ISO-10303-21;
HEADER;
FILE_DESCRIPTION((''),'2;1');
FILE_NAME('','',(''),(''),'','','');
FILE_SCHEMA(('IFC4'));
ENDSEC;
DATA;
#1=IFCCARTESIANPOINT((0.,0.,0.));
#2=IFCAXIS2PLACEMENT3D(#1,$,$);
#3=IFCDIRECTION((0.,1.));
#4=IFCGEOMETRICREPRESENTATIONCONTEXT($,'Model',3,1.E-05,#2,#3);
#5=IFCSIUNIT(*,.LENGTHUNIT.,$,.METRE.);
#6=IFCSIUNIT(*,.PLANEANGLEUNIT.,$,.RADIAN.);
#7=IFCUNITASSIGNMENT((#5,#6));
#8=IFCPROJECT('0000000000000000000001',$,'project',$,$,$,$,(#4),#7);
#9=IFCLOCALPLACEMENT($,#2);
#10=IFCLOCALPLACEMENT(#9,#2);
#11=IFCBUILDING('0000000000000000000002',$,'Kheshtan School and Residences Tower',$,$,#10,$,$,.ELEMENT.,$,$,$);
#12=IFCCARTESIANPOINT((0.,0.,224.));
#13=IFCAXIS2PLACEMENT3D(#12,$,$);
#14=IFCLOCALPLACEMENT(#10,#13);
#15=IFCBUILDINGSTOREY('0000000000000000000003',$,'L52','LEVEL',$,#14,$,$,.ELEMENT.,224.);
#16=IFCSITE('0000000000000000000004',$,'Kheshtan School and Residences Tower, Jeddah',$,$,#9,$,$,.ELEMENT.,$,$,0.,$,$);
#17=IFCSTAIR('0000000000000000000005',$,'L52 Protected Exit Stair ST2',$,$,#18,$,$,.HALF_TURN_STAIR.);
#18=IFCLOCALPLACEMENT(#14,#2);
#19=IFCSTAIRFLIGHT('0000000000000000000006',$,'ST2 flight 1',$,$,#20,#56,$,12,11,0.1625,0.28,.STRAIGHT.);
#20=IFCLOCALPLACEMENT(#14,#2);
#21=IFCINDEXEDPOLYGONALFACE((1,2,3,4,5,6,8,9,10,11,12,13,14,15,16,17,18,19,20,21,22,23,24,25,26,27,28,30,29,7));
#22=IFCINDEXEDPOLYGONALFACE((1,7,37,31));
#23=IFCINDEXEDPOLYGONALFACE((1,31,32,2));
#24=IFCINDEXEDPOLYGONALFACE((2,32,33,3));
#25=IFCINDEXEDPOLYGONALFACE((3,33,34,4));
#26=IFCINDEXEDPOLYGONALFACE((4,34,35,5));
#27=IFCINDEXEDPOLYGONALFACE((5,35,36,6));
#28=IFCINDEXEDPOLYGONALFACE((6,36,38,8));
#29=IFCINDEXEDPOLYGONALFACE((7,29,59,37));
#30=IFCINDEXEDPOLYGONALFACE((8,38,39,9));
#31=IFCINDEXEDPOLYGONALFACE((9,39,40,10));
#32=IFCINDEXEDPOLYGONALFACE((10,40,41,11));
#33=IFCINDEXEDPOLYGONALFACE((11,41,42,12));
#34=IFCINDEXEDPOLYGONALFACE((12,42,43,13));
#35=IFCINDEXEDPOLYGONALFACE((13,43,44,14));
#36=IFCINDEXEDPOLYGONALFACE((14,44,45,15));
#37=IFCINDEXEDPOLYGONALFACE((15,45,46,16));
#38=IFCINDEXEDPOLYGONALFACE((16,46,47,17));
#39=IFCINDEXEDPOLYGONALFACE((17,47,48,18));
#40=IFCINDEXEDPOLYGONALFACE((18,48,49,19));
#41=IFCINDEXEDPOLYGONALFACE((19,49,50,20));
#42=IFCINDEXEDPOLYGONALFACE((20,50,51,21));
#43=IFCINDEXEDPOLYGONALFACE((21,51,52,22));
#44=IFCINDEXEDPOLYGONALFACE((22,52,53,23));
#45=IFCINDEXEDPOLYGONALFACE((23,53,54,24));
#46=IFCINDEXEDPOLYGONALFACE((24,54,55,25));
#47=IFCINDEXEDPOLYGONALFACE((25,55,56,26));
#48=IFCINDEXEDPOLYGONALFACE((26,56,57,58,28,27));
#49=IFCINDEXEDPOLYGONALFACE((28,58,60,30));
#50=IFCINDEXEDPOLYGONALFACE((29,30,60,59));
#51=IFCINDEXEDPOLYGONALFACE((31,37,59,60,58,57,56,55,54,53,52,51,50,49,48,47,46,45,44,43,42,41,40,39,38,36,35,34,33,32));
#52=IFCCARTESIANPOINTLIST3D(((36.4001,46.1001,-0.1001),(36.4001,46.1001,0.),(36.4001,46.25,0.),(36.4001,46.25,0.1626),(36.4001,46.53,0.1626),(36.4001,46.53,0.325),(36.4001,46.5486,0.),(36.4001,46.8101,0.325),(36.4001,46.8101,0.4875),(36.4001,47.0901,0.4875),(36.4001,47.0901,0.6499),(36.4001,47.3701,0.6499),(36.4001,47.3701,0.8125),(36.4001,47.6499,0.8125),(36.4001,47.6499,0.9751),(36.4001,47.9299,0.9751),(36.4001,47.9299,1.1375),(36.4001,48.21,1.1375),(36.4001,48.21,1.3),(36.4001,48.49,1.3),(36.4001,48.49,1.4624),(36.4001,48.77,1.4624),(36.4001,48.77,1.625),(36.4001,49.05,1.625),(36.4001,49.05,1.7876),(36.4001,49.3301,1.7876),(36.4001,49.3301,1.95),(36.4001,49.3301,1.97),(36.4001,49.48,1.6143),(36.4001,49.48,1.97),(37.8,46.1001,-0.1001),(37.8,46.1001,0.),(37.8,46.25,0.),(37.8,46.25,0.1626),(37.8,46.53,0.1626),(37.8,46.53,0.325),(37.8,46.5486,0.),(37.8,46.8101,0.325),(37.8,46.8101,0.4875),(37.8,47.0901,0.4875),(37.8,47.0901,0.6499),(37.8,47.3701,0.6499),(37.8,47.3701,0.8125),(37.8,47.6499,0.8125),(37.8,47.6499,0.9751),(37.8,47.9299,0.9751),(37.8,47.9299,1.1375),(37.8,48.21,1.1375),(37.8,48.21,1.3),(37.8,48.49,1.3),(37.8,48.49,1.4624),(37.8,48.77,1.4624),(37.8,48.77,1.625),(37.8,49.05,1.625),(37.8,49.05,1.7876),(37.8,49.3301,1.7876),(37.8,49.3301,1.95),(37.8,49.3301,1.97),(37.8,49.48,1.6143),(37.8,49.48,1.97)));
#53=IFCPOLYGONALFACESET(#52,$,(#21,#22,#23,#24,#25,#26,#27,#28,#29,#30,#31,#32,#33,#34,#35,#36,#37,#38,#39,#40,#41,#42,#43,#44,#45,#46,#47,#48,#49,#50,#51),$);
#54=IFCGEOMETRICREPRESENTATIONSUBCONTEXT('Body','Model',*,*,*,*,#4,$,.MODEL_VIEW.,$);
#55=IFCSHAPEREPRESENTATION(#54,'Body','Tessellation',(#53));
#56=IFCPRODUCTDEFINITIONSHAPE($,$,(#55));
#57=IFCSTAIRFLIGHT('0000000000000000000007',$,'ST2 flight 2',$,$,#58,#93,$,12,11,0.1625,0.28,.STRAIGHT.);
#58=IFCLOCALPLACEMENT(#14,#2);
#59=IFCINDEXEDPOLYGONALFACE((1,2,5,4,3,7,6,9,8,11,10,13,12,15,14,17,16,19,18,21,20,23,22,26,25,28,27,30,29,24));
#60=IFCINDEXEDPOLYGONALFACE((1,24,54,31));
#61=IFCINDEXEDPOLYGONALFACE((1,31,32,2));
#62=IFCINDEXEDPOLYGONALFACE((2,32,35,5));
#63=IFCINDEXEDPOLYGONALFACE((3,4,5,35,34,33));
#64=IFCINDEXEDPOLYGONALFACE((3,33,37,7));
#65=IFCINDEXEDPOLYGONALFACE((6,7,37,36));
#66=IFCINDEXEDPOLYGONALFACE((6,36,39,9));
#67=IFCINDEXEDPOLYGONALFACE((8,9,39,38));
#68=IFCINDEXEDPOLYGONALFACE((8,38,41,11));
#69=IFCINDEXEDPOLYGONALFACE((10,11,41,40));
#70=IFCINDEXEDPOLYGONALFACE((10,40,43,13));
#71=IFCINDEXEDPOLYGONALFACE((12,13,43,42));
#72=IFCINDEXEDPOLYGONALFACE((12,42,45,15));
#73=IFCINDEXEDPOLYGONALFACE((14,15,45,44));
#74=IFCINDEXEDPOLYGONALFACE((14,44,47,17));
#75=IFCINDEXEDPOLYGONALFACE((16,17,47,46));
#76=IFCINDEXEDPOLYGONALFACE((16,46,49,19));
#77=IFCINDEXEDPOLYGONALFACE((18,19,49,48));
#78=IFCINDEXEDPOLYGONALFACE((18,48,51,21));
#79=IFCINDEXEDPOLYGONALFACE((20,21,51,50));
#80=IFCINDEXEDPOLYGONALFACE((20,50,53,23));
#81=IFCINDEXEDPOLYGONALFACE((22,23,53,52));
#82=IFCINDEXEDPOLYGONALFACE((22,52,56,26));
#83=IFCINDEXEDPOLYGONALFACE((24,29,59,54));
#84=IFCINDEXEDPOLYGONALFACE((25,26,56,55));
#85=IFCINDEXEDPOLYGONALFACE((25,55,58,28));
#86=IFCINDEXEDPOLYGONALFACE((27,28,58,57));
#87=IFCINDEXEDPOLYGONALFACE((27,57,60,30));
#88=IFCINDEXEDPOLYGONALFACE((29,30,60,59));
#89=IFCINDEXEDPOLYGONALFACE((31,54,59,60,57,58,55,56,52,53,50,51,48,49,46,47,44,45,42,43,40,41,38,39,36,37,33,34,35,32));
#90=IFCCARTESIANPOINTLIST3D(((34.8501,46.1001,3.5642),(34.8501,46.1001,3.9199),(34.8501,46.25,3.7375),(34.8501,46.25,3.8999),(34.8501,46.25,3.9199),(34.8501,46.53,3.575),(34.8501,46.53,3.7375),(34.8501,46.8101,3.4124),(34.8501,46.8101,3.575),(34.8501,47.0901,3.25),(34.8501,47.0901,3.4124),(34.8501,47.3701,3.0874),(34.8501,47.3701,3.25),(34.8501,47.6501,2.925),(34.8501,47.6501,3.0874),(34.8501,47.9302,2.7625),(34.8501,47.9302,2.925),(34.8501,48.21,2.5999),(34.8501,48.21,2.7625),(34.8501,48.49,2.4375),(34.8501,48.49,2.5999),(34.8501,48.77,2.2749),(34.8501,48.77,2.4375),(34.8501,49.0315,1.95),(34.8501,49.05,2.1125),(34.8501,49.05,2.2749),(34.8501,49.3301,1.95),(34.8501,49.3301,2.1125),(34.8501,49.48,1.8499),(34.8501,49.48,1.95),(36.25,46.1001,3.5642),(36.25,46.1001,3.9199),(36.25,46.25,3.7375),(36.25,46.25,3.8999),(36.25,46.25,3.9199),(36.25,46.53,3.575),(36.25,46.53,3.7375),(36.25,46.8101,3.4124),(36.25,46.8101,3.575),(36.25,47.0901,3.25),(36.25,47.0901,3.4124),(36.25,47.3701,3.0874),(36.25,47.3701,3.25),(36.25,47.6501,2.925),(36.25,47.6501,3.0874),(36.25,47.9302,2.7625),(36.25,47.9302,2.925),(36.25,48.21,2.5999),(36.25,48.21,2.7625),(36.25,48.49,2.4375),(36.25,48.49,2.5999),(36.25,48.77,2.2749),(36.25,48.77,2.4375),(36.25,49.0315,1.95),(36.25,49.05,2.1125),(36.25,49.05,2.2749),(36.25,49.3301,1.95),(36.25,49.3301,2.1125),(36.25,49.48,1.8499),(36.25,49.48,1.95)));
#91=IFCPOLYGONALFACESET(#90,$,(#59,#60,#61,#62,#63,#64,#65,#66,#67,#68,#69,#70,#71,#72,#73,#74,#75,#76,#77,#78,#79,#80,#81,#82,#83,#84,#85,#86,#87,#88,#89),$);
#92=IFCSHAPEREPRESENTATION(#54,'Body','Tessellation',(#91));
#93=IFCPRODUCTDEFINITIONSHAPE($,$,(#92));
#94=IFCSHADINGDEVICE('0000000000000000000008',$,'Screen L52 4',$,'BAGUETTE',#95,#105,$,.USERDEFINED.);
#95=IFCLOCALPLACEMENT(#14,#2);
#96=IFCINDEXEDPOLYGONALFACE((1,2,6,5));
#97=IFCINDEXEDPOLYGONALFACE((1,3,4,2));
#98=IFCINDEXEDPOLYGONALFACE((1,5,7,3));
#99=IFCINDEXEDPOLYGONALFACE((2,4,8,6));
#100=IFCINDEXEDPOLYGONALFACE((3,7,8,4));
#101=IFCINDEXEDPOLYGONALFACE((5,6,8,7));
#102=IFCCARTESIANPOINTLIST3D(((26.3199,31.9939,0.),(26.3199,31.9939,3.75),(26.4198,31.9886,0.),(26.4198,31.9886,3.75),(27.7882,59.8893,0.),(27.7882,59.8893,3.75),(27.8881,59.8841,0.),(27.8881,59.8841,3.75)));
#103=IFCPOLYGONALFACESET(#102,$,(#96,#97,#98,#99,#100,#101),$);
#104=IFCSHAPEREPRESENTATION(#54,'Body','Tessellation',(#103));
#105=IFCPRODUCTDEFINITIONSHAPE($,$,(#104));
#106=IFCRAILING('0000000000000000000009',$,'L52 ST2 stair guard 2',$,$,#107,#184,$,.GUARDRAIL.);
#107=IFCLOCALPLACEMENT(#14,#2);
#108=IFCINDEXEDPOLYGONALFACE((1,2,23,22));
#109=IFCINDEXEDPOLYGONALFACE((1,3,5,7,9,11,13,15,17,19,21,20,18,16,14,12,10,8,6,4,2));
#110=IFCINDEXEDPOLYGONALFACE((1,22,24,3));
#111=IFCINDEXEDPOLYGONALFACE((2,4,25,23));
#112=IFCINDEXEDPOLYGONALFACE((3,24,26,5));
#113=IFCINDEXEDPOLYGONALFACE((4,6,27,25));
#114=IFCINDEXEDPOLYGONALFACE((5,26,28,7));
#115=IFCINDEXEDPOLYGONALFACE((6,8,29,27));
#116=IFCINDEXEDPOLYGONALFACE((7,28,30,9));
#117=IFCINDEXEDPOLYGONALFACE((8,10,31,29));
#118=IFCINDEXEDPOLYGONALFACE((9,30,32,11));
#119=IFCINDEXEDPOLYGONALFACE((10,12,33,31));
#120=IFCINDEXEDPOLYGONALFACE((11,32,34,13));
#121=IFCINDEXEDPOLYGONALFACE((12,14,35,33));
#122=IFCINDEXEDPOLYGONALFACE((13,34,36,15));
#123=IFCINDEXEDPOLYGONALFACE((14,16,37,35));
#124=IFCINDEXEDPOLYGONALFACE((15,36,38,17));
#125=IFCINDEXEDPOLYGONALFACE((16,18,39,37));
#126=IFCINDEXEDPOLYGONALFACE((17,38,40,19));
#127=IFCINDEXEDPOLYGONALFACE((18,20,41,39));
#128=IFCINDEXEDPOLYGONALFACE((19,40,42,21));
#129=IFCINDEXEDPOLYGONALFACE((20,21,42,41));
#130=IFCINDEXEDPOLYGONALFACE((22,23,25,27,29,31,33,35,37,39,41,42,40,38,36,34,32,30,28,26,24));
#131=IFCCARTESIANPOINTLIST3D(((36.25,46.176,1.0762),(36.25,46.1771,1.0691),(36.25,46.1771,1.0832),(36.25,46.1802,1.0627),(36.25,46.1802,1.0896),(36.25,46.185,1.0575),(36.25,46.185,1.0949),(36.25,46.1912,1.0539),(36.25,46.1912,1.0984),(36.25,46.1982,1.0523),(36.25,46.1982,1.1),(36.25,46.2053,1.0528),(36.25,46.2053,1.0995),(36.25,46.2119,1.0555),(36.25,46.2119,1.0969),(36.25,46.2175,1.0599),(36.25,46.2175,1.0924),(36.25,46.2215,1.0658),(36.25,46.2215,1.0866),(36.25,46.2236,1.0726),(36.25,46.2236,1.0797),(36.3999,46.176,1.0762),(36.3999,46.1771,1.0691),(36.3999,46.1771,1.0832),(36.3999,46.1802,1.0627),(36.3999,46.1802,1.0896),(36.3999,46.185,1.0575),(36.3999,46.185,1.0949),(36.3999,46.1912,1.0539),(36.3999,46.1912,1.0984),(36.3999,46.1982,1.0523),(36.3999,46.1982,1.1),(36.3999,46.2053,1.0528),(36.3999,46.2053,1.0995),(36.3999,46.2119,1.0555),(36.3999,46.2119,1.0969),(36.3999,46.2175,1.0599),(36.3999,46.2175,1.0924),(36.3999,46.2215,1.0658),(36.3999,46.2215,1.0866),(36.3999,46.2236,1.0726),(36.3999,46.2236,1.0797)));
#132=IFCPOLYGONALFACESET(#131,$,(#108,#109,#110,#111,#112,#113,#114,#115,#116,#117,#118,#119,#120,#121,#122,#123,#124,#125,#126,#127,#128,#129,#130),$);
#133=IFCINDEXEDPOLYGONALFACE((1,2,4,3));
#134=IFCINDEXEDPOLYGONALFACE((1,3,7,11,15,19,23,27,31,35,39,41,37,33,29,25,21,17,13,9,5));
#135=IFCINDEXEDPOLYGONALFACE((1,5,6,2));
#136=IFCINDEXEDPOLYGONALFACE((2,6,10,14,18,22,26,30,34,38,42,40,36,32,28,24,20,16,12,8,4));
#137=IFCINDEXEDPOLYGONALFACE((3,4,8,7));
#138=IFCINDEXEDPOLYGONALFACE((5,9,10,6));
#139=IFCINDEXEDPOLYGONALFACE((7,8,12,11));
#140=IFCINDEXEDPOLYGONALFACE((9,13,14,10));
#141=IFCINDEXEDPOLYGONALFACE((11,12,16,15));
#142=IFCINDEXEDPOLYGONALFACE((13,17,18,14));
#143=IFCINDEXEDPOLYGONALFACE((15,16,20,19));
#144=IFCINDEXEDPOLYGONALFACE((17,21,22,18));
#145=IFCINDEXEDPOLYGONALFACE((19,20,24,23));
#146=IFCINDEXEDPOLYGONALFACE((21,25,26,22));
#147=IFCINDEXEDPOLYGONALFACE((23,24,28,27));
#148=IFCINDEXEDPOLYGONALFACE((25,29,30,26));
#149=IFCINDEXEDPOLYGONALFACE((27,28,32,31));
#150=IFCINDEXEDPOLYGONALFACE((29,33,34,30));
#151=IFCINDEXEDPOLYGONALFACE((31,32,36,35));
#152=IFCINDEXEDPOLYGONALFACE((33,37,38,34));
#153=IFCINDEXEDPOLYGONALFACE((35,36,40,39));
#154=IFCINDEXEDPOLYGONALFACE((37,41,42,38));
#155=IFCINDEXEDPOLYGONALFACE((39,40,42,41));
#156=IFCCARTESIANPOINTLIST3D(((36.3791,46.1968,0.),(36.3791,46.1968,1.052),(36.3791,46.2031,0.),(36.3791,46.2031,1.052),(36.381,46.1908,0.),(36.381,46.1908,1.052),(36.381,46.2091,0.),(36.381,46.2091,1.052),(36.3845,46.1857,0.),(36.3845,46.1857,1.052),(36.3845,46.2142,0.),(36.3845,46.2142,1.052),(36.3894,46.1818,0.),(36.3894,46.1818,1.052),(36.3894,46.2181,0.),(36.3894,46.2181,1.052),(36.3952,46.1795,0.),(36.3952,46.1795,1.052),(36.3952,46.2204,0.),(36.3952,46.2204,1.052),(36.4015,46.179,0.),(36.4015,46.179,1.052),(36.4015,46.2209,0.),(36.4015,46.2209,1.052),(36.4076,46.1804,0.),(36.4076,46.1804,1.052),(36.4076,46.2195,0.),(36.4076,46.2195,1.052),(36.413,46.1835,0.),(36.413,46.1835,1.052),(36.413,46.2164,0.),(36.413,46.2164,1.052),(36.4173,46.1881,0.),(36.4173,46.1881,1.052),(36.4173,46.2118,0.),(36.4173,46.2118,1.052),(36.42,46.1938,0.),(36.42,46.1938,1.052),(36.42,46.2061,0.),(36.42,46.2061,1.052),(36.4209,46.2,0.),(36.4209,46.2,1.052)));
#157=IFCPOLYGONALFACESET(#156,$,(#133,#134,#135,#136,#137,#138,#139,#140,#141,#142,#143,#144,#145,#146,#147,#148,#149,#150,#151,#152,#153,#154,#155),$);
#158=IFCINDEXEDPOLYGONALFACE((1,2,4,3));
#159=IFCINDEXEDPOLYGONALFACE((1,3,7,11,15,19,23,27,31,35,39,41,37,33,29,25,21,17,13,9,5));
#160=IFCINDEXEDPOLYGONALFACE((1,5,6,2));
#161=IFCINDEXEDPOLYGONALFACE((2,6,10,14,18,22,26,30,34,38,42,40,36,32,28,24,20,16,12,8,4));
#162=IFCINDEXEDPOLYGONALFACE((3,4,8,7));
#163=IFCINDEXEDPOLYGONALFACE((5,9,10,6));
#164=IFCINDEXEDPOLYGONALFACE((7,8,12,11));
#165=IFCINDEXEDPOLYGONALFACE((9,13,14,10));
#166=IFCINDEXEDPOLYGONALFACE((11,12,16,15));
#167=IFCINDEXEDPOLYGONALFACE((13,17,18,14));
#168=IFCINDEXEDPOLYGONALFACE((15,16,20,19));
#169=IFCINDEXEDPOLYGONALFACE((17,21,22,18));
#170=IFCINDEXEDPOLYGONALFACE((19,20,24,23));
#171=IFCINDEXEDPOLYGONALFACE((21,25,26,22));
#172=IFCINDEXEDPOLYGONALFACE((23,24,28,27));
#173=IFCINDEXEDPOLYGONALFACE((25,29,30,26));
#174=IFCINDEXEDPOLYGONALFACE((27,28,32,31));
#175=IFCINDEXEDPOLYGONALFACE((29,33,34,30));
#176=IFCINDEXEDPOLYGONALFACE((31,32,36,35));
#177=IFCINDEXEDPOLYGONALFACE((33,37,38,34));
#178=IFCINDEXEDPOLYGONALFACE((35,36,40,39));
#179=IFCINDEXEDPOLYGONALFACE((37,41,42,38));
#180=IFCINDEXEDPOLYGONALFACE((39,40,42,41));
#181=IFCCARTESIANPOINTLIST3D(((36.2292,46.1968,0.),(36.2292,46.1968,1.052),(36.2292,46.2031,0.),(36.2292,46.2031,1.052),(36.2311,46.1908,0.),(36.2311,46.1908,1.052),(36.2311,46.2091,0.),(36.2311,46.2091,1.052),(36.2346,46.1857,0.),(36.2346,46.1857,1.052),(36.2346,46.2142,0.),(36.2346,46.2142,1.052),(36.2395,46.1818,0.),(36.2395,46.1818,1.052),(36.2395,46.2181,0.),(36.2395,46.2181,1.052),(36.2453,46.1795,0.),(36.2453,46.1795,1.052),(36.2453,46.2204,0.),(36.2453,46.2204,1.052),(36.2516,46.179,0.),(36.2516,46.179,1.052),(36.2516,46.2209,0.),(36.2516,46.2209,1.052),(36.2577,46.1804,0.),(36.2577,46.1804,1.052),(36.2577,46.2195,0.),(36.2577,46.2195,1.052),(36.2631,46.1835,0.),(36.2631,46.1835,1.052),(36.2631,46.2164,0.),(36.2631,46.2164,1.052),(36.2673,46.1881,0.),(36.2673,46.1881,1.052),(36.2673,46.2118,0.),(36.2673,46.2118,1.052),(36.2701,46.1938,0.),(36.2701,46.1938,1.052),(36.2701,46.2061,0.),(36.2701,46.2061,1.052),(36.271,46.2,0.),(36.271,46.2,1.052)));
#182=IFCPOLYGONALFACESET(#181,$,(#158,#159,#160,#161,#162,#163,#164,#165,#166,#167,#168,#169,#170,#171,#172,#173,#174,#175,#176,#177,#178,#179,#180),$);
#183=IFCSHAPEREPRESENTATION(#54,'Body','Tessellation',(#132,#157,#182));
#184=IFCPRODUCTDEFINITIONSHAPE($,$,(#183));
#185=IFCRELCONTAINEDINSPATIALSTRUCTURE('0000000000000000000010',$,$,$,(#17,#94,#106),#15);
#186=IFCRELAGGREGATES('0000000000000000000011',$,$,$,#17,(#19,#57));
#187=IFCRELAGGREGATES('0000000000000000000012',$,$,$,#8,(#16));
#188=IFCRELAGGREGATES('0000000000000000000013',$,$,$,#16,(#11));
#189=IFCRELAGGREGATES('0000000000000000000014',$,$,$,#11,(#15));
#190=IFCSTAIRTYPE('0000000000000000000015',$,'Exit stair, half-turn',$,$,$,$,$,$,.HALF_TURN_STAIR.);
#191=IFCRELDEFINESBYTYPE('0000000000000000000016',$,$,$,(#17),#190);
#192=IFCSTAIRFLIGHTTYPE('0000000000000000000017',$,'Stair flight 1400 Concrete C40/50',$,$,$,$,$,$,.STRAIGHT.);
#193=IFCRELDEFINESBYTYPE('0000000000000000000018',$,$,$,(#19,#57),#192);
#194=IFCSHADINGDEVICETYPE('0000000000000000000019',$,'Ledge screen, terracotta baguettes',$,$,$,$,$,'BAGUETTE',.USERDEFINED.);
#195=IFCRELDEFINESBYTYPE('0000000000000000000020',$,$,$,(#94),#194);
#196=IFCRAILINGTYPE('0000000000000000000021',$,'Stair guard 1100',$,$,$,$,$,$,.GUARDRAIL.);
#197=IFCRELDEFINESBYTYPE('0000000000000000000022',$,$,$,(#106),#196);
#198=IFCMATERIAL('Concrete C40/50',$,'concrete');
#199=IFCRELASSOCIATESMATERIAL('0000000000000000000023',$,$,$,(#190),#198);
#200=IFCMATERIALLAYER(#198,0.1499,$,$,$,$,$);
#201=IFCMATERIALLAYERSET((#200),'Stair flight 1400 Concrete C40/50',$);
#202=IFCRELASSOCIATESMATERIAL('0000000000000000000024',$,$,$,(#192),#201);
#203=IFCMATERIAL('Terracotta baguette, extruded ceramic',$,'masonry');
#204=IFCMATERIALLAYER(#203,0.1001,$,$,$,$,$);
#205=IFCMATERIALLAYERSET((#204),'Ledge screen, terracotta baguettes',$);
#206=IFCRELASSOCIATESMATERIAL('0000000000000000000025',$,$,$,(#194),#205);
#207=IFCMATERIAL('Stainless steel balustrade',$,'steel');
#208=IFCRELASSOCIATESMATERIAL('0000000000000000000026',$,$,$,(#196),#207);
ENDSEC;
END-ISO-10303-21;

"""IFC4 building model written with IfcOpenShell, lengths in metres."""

from ifc_helpers import new_model, si_unit, direction, frame, origin, origin_2d, place, context, subcontext, project, spatial, polyline, rectangle, circle, outline, extrude, material, layer, layer_set, type_object, element, aggregate, save


model = new_model("IFC4")

# Units and contexts
model_context = context("Model", 3, precision=1e-05, world=origin(), true_north=direction((0.0, 1.0)))
body_context = subcontext(model_context, "Body", "Model", "MODEL_VIEW")
ifc_project = project(units=[si_unit("LENGTHUNIT", "METRE"), si_unit("PLANEANGLEUNIT", "RADIAN")], contexts=[model_context])

# Site, building, storey
site_placement = place(None, origin())
site = spatial("IfcSite", under=ifc_project, at=site_placement, Name="Kheshtan School and Residences Tower, Jeddah", CompositionType="ELEMENT", RefElevation=0.0)
building_placement = place(site_placement, origin())
building = spatial("IfcBuilding", under=site, at=building_placement, Name="Kheshtan School and Residences Tower", CompositionType="ELEMENT")
storey_placement = place(building_placement, frame((0.0, 0.0, 224.0)))
storey = spatial("IfcBuildingStorey", under=building, at=storey_placement, Name="L52", Description="LEVEL", CompositionType="ELEMENT", Elevation=224.0)

# Shared definitions
ifc_material_1 = material(Name="Concrete C40/50", Category="concrete")

# Stair, stair flights
stair_type = type_object("IfcStairType", Name="Exit stair, half-turn", PredefinedType="HALF_TURN_STAIR", material=ifc_material_1)
stair_placement = place(storey_placement, origin())
stair = element("IfcStair", 1, at=stair_placement, inside=storey, type_object=stair_type, Name="L52 Protected Exit Stair ST2", PredefinedType="HALF_TURN_STAIR")
ifc_layer_1 = layer(ifc_material_1, 0.1499)
ifc_layer_set_1 = layer_set([ifc_layer_1], Name="Stair flight 1400 Concrete C40/50")
stair_flight_type = type_object("IfcStairFlightType", Name="Stair flight 1400 Concrete C40/50", PredefinedType="STRAIGHT", material=ifc_layer_set_1)
stair_flight_1_placement = place(storey_placement, frame((37.1001, 46.25, 0.0), z_axis=(0.0, 0.0, 1.0), x_axis=(0.0, 1.0, 0.0)))
stair_flight_1 = element("IfcStairFlight", 2, at=stair_flight_1_placement, type_object=stair_flight_type, Name="ST2 flight 1", NumberOfRisers=12, NumberOfTreads=11, PredefinedType="STRAIGHT", RiserHeight=0.1625, TreadLength=0.28, context=body_context, shape_type="SweptSolid", body=[
    extrude(outline(polyline([(-0.1499, -0.1001), (-0.1499, 0.0), (0.0, 0.0), (0.0, 0.1626), (0.28, 0.1626), (0.28, 0.325), (0.5601, 0.325), (0.5601, 0.4875), (0.8401, 0.4875), (0.8401, 0.6499), (1.1201, 0.6499), (1.1201, 0.8125), (1.3999, 0.8125), (1.3999, 0.9751), (1.6799, 0.9751), (1.6799, 1.1375), (1.96, 1.1375), (1.96, 1.3), (2.24, 1.3), (2.24, 1.4624), (2.52, 1.4624), (2.52, 1.625), (2.8, 1.625), (2.8, 1.7876), (3.0801, 1.7876), (3.0801, 1.95), (3.0801, 1.97), (3.23, 1.97), (3.23, 1.6143), (0.2986, 0.0), (-0.1499, -0.1001)])), frame((0.0, 0.7, 0.0), z_axis=(0.0, -1.0, 0.0), x_axis=(1.0, 0.0, 0.0)), (0.0, 0.0, 1.0), 1.3999),
])
stair_flight_2_placement = place(storey_placement, frame((35.55, 49.3301, 1.95), z_axis=(0.0, 0.0, 1.0), x_axis=(0.0, -1.0, 0.0)))
stair_flight_2 = element("IfcStairFlight", 3, at=stair_flight_2_placement, type_object=stair_flight_type, Name="ST2 flight 2", NumberOfRisers=12, NumberOfTreads=11, PredefinedType="STRAIGHT", RiserHeight=0.1625, TreadLength=0.28, context=body_context, shape_type="SweptSolid", body=[
    extrude(outline(polyline([(-0.1499, -0.1001), (-0.1499, 0.0), (0.0, 0.0), (0.0, 0.1626), (0.28, 0.1626), (0.28, 0.325), (0.5601, 0.325), (0.5601, 0.4875), (0.8401, 0.4875), (0.8401, 0.6499), (1.1201, 0.6499), (1.1201, 0.8125), (1.3999, 0.8125), (1.3999, 0.9751), (1.6799, 0.9751), (1.6799, 1.1375), (1.96, 1.1375), (1.96, 1.3), (2.24, 1.3), (2.24, 1.4624), (2.52, 1.4624), (2.52, 1.625), (2.8, 1.625), (2.8, 1.7876), (3.0801, 1.7876), (3.0801, 1.95), (3.0801, 1.97), (3.23, 1.97), (3.23, 1.6143), (0.2986, 0.0), (-0.1499, -0.1001)])), frame((0.0, 0.7, 0.0), z_axis=(0.0, -1.0, 0.0), x_axis=(1.0, 0.0, 0.0)), (0.0, 0.0, 1.0), 1.3999),
])
aggregate(stair, [stair_flight_1, stair_flight_2])

# Shading device
ifc_material_2 = material(Name="Terracotta baguette, extruded ceramic", Category="masonry")
ifc_layer_2 = layer(ifc_material_2, 0.1001)
ifc_layer_set_2 = layer_set([ifc_layer_2], Name="Ledge screen, terracotta baguettes")
shading_device_type = type_object("IfcShadingDeviceType", Name="Ledge screen, terracotta baguettes", ElementType="BAGUETTE", PredefinedType="USERDEFINED", material=ifc_layer_set_2)
shading_device_placement = place(storey_placement, frame((27.104, 45.939, 0.0), z_axis=(0.0, 0.0, 1.0), x_axis=(0.052563, 0.998618, 0.0)))
element("IfcShadingDevice", 4, at=shading_device_placement, inside=storey, type_object=shading_device_type, Name="Screen L52 4", ObjectType="BAGUETTE", PredefinedType="USERDEFINED", context=body_context, shape_type="SweptSolid", body=[
    extrude(rectangle(XDim=27.9341, YDim=0.1001, at=origin_2d()), origin(), (0.0, 0.0, 1.0), 3.75),
])

# Railing
ifc_material_3 = material(Name="Stainless steel balustrade", Category="steel")
railing_type_1 = type_object("IfcRailingType", Name="Stair guard 1100", PredefinedType="GUARDRAIL", material=ifc_material_3)
railing_1_placement = place(storey_placement, frame((36.3999, 46.2, 0.0)))
element("IfcRailing", 5, at=railing_1_placement, inside=storey, type_object=railing_type_1, Name="L52 ST2 stair guard 2", PredefinedType="GUARDRAIL", context=body_context, shape_type="SweptSolid", body=[
    extrude(circle(Radius=0.0239, at=origin_2d()), frame((0.0, 0.0, 1.0762), z_axis=(-1.0, 0.0, 0.0), x_axis=(0.0, -1.0, 0.0)), (0.0, 0.0, 1.0), 0.1499),
    extrude(circle(Radius=0.021, at=origin_2d()), origin(), (0.0, 0.0, 1.0), 1.052),
    extrude(circle(Radius=0.021, at=origin_2d()), frame((-0.1499, 0.0, 0.0)), (0.0, 0.0, 1.0), 1.052),
])

save(model, "model.ifc")
